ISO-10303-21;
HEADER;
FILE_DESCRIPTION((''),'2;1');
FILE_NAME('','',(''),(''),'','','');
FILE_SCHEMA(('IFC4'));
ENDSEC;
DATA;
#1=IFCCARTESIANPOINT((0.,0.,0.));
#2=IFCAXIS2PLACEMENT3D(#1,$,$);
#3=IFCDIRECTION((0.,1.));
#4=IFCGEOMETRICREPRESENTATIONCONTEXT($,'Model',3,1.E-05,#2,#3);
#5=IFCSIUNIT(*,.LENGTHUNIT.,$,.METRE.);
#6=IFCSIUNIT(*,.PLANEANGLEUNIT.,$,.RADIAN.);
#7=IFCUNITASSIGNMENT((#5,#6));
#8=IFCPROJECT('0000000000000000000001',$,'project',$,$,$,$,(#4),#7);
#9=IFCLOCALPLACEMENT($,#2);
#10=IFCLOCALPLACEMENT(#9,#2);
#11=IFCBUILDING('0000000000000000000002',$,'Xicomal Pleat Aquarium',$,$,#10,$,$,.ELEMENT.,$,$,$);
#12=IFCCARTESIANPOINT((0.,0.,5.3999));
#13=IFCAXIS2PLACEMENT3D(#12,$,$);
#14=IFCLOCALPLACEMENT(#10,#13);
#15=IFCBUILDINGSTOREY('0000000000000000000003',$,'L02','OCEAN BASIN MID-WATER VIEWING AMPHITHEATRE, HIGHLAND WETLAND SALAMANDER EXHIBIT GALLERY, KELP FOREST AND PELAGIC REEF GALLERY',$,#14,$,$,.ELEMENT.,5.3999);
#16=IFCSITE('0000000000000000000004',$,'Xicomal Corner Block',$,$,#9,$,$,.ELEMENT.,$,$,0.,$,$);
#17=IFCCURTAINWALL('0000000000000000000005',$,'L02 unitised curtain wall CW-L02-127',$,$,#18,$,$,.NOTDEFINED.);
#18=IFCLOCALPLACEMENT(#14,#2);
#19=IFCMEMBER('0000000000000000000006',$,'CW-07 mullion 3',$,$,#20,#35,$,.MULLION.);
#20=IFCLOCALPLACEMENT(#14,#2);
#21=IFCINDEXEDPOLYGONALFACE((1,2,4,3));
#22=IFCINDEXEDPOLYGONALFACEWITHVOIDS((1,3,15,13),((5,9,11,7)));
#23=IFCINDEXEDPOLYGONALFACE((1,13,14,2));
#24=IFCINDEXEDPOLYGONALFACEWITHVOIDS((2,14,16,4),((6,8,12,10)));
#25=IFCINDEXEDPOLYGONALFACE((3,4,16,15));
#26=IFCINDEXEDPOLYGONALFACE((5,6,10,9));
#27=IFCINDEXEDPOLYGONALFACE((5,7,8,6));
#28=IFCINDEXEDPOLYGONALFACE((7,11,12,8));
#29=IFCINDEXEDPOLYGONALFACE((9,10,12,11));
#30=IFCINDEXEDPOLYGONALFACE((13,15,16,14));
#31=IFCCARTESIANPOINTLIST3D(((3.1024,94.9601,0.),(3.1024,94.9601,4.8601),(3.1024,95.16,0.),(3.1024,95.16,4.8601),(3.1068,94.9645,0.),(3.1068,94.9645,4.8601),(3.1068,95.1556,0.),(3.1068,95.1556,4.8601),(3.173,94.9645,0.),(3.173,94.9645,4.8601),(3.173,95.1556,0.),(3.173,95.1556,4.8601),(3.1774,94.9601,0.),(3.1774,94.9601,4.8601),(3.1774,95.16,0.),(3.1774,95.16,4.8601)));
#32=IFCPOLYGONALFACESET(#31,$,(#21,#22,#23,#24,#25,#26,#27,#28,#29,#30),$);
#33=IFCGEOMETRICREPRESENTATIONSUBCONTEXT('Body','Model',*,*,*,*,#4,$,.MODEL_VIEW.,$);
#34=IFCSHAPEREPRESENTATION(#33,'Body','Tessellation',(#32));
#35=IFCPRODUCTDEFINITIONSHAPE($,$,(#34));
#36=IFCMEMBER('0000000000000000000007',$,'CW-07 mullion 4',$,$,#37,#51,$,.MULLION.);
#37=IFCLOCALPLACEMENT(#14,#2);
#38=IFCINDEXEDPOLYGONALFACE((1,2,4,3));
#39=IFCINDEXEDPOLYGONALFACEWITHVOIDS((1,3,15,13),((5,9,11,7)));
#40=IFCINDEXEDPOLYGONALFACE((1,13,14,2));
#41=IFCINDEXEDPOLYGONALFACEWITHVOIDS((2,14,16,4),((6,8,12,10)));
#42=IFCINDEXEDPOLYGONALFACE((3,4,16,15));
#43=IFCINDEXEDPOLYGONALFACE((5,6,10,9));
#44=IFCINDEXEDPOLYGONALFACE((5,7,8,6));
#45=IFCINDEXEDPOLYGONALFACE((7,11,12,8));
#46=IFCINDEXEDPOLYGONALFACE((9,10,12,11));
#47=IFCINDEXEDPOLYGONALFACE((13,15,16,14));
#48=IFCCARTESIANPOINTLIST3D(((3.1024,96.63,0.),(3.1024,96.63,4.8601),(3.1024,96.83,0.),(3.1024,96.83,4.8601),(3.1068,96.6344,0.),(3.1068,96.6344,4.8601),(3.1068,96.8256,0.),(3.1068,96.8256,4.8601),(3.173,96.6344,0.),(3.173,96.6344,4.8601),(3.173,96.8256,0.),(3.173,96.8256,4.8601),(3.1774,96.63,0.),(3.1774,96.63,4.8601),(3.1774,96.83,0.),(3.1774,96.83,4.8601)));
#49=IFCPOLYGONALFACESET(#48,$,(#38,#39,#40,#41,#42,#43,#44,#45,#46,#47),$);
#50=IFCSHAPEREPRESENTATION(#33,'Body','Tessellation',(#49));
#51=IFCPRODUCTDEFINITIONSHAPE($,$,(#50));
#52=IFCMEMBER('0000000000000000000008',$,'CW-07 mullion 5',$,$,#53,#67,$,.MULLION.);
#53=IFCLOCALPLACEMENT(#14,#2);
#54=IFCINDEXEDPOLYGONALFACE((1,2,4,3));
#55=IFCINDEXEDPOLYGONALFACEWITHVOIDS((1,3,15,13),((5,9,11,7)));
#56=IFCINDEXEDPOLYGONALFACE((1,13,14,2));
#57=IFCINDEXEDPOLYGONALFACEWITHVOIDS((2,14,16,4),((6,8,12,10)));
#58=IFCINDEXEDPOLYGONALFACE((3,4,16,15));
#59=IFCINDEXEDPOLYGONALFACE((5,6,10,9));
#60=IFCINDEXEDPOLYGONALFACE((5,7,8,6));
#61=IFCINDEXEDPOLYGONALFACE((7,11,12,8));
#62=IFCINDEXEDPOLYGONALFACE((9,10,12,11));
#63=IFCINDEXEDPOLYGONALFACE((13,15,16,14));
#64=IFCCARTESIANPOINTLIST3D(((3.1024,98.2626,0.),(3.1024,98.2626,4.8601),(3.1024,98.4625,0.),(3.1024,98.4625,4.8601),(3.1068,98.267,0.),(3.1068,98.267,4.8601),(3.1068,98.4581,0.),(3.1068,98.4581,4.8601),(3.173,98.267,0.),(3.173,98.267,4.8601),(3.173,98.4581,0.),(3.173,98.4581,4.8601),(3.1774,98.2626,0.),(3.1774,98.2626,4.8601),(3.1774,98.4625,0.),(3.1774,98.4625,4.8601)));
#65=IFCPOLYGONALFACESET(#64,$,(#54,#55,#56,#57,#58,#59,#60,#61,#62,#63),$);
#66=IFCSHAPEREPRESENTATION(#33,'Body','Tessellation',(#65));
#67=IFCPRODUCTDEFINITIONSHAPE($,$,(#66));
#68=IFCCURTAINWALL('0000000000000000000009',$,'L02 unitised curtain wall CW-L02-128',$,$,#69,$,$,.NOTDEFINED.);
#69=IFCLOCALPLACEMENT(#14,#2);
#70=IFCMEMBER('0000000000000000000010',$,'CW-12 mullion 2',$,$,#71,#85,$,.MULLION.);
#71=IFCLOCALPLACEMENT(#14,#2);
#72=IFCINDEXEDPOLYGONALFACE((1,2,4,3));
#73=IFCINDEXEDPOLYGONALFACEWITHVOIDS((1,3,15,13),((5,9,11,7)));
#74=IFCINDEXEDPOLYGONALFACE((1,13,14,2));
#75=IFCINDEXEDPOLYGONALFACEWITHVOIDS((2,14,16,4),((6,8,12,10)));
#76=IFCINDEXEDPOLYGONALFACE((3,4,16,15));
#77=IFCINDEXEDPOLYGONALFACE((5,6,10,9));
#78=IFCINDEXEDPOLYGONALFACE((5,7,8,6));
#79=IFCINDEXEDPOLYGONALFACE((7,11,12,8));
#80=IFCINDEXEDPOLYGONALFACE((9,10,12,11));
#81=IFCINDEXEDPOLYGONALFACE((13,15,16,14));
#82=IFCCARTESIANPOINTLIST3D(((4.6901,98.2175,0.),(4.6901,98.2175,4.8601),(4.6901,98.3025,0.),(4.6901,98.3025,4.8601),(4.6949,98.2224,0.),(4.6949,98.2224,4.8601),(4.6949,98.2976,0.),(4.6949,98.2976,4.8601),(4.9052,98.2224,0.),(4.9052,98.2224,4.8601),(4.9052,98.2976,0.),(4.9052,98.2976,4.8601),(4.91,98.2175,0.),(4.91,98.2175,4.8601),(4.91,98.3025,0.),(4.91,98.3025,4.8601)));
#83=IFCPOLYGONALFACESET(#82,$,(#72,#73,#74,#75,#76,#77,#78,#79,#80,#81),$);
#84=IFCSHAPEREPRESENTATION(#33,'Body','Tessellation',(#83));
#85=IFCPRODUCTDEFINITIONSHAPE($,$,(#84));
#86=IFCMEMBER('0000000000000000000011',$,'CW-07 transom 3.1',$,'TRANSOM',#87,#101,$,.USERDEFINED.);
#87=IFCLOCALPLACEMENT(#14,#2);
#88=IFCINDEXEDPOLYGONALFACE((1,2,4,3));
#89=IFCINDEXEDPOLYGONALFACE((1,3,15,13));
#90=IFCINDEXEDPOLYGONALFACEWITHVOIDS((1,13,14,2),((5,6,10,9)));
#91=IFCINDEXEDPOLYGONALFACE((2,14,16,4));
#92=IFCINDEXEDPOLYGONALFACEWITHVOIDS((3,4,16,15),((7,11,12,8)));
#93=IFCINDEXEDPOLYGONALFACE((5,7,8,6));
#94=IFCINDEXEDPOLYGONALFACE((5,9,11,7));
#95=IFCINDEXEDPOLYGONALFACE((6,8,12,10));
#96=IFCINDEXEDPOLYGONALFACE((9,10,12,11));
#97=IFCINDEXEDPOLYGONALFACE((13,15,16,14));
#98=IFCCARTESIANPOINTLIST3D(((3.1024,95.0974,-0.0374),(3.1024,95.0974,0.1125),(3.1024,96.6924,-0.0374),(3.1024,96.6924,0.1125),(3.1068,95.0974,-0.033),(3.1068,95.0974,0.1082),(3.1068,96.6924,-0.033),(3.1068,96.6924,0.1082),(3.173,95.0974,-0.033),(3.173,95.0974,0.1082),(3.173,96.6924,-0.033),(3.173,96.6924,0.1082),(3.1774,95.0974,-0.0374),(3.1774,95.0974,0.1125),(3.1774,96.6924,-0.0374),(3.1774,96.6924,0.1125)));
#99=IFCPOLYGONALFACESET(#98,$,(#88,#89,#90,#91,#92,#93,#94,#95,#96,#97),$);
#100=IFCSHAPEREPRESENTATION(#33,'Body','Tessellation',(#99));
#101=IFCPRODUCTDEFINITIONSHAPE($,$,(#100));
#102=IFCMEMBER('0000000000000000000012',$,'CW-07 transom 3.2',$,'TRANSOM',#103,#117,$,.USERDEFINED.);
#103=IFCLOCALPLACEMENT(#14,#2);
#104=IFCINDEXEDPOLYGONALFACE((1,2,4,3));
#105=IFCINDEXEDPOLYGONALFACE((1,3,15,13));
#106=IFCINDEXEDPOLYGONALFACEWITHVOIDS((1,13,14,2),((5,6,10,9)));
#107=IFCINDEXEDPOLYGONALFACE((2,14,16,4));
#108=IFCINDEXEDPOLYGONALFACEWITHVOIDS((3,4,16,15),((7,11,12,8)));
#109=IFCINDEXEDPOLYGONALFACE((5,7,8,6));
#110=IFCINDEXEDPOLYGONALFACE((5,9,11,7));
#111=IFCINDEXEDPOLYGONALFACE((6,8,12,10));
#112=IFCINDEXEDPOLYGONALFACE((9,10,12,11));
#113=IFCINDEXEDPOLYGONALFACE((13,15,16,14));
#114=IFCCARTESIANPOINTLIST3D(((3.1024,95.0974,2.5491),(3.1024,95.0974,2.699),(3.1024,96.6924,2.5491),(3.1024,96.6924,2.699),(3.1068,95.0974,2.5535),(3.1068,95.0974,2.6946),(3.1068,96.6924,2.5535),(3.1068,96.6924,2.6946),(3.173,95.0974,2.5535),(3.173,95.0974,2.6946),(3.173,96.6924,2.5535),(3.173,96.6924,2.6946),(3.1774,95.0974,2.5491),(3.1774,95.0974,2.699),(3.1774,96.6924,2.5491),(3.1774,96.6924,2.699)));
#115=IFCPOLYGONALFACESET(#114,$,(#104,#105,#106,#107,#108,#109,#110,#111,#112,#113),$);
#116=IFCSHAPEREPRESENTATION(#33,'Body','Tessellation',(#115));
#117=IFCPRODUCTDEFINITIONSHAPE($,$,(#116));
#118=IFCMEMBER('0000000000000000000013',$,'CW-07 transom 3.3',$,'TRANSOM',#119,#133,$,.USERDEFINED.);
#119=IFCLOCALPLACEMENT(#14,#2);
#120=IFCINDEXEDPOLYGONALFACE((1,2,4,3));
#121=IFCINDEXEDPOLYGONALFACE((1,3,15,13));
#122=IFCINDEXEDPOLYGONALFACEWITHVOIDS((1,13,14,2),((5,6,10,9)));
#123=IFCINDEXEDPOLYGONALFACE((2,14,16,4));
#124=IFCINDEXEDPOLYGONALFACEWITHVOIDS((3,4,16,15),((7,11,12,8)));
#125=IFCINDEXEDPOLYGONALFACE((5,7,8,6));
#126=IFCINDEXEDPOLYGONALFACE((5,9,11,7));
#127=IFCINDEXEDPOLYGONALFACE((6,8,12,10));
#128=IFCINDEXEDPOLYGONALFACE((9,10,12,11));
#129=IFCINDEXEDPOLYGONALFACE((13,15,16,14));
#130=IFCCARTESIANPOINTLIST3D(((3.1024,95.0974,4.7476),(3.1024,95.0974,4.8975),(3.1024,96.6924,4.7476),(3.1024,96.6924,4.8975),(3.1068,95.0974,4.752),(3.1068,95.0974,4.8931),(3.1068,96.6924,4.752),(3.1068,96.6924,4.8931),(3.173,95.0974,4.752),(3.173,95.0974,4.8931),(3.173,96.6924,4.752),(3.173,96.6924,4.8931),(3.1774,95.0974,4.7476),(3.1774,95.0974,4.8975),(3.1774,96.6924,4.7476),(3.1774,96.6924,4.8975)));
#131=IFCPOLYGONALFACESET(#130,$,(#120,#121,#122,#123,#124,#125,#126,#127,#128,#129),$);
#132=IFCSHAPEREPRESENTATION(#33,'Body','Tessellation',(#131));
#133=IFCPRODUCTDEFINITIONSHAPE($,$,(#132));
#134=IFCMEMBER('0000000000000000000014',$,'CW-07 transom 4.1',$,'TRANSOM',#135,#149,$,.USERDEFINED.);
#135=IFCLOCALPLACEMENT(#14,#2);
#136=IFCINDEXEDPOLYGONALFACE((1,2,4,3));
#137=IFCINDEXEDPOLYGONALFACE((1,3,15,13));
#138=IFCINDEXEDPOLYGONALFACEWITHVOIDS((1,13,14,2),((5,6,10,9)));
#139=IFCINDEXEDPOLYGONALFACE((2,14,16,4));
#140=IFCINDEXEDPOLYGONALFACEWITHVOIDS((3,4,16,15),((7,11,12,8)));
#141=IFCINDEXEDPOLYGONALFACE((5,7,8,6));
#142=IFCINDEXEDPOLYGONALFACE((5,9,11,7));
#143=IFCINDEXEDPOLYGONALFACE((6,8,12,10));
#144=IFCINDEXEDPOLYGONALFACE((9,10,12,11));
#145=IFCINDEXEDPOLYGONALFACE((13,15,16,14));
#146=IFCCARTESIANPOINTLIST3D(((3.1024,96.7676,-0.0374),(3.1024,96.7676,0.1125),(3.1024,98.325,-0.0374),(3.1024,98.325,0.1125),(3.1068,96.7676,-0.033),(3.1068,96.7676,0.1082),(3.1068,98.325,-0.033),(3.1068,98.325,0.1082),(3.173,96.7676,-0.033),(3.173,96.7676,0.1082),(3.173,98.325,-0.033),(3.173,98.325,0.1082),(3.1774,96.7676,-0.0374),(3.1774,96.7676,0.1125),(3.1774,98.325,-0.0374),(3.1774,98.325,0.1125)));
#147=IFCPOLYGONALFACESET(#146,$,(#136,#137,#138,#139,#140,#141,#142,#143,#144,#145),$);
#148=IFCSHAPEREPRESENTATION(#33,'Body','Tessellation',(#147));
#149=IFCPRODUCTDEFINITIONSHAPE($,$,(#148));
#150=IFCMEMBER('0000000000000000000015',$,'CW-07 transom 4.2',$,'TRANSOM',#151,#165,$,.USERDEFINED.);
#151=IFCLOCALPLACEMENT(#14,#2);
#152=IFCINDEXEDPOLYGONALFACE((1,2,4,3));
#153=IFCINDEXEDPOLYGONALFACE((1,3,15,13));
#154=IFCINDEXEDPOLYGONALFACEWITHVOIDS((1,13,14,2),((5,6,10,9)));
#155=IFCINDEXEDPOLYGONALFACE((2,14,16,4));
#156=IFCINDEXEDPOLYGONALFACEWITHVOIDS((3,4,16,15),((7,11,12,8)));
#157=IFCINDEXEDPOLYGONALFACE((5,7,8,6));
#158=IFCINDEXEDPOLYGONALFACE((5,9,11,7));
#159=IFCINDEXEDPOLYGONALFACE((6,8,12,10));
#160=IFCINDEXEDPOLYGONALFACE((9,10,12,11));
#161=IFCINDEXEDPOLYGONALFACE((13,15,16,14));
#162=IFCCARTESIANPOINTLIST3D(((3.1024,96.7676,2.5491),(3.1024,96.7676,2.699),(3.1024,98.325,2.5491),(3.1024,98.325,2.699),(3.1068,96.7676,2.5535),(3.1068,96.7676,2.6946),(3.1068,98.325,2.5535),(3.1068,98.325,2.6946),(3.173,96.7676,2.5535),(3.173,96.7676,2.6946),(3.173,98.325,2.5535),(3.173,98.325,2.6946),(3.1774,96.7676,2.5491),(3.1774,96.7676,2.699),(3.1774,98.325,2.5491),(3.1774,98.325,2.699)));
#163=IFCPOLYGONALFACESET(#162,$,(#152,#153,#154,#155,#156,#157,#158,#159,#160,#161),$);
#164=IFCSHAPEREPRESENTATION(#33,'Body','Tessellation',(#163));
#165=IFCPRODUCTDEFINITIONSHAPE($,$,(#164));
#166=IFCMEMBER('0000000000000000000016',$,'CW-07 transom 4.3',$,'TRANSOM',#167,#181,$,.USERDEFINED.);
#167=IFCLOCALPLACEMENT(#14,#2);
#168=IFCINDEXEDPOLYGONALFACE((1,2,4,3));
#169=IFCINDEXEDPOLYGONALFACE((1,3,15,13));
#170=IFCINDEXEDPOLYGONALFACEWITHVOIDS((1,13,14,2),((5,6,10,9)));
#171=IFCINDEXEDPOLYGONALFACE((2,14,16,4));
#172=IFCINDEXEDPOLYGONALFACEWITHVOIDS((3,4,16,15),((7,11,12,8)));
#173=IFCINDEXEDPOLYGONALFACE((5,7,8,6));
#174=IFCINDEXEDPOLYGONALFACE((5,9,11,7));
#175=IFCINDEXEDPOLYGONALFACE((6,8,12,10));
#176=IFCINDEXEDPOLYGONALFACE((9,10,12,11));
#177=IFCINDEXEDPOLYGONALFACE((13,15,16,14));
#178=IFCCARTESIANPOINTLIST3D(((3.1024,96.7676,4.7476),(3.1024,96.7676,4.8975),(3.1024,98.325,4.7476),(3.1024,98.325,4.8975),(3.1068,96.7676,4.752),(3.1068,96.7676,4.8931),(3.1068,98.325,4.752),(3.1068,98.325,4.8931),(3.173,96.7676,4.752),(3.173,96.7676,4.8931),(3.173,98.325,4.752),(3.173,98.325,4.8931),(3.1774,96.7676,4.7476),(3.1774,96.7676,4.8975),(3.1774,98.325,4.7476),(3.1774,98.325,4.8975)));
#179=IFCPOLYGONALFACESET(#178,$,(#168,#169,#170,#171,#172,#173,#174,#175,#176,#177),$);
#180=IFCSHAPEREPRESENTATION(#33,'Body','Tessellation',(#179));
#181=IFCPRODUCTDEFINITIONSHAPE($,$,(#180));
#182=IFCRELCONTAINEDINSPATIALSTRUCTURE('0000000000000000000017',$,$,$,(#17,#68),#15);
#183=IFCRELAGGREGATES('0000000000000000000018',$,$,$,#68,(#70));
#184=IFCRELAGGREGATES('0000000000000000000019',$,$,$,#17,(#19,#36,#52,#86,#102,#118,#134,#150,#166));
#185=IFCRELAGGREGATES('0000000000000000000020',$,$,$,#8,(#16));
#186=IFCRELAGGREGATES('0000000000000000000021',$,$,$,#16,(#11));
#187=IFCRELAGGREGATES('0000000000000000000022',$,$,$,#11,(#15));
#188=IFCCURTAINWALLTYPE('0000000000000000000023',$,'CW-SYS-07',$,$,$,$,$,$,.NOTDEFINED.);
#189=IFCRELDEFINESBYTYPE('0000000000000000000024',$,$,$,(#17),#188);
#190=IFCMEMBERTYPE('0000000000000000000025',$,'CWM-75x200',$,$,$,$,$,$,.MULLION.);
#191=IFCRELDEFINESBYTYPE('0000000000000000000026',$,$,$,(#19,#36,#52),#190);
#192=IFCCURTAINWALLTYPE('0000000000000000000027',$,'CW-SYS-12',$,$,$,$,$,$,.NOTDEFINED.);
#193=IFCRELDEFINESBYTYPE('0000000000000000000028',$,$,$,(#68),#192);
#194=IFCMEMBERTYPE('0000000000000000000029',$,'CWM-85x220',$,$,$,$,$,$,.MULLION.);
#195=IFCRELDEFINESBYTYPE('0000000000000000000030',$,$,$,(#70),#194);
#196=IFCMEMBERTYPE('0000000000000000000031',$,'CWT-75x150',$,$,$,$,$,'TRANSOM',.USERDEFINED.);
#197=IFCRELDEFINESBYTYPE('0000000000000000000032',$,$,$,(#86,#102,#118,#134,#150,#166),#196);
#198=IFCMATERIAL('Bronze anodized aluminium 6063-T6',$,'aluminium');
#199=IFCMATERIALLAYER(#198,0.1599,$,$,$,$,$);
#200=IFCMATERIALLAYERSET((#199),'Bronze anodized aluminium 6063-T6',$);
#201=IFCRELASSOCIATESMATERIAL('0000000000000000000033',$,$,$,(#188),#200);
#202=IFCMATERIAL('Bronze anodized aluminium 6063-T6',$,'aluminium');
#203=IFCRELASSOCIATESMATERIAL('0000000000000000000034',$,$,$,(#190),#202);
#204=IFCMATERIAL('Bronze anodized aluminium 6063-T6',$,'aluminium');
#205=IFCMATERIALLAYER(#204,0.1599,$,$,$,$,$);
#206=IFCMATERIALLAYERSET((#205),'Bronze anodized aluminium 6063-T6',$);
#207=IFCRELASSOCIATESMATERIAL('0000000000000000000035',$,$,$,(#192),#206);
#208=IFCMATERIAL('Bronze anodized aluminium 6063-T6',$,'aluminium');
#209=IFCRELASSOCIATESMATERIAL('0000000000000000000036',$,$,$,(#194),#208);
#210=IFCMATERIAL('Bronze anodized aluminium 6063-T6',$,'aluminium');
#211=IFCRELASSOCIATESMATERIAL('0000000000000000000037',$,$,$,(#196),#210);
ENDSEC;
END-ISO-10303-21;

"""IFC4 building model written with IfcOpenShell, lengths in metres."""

from ifc_helpers import new_model, si_unit, direction, frame, origin, origin_2d, place, context, subcontext, project, spatial, hollow_rectangle, extrude, material, layer, layer_set, material_profile, profile_set, type_object, element, aggregate, save


model = new_model("IFC4")

# Units and contexts
model_context = context("Model", 3, precision=1e-05, world=origin(), true_north=direction((0.0, 1.0)))
body_context = subcontext(model_context, "Body", "Model", "MODEL_VIEW")
ifc_project = project(units=[si_unit("LENGTHUNIT", "METRE"), si_unit("PLANEANGLEUNIT", "RADIAN")], contexts=[model_context])

# Site, building, storey
site_placement = place(None, origin())
site = spatial("IfcSite", under=ifc_project, at=site_placement, Name="Xicomal Corner Block", CompositionType="ELEMENT", RefElevation=0.0)
building_placement = place(site_placement, origin())
building = spatial("IfcBuilding", under=site, at=building_placement, Name="Xicomal Pleat Aquarium", CompositionType="ELEMENT")
storey_placement = place(building_placement, frame((0.0, 0.0, 5.3999)))
storey = spatial("IfcBuildingStorey", under=building, at=storey_placement, Name="L02", Description="OCEAN BASIN MID-WATER VIEWING AMPHITHEATRE, HIGHLAND WETLAND SALAMANDER EXHIBIT GALLERY, KELP FOREST AND PELAGIC REEF GALLERY", CompositionType="ELEMENT", Elevation=5.3999)

# Curtain wall, members
ifc_material_1 = material(Name="Bronze anodized aluminium 6063-T6", Category="aluminium")
ifc_layer_1 = layer(ifc_material_1, 0.1599)
ifc_layer_set_1 = layer_set([ifc_layer_1], Name="Bronze anodized aluminium 6063-T6")
curtain_wall_type_1 = type_object("IfcCurtainWallType", Name="CW-SYS-07", PredefinedType="NOTDEFINED", material=ifc_layer_set_1)
curtain_wall_1_placement = place(storey_placement, origin())
curtain_wall_1 = element("IfcCurtainWall", 1, at=curtain_wall_1_placement, inside=storey, type_object=curtain_wall_type_1, Name="L02 unitised curtain wall CW-L02-127", PredefinedType="NOTDEFINED")
ifc_material_2 = material(Name="Bronze anodized aluminium 6063-T6", Category="aluminium")
ifc_material_profile_1 = material_profile(ifc_material_2, hollow_rectangle(XDim=0.075, YDim=0.2, WallThickness=0.0044, at=origin_2d()), Name="ALU MULL 75x200")
ifc_profile_set_1 = profile_set([ifc_material_profile_1], Name="Bronze anodized aluminium 6063-T6")
member_type_1 = type_object("IfcMemberType", Name="CWM-75x200", PredefinedType="MULLION", material=ifc_profile_set_1)
member_1_placement = place(storey_placement, frame((3.1399, 95.0601, 0.0), z_axis=(0.0, 0.0, 1.0), x_axis=(-1.0, 0.0, 0.0)))
member_1 = element("IfcMember", 2, at=member_1_placement, type_object=member_type_1, Name="CW-07 mullion 3", PredefinedType="MULLION", context=body_context, shape_type="SweptSolid", body=[
    extrude(hollow_rectangle(XDim=0.075, YDim=0.2, WallThickness=0.0044, at=origin_2d()), origin(), (0.0, 0.0, 1.0), 4.8601),
])
member_2_placement = place(storey_placement, frame((3.1399, 96.73, 0.0), z_axis=(0.0, 0.0, 1.0), x_axis=(-1.0, 0.0, 0.0)))
member_2 = element("IfcMember", 3, at=member_2_placement, type_object=member_type_1, Name="CW-07 mullion 4", PredefinedType="MULLION", context=body_context, shape_type="SweptSolid", body=[
    extrude(hollow_rectangle(XDim=0.075, YDim=0.2, WallThickness=0.0044, at=origin_2d()), origin(), (0.0, 0.0, 1.0), 4.8601),
])
member_3_placement = place(storey_placement, frame((3.1399, 98.3625, 0.0), z_axis=(0.0, 0.0, 1.0), x_axis=(-1.0, 0.0, 0.0)))
member_3 = element("IfcMember", 4, at=member_3_placement, type_object=member_type_1, Name="CW-07 mullion 5", PredefinedType="MULLION", context=body_context, shape_type="SweptSolid", body=[
    extrude(hollow_rectangle(XDim=0.075, YDim=0.2, WallThickness=0.0044, at=origin_2d()), origin(), (0.0, 0.0, 1.0), 4.8601),
])

# Curtain wall, member
ifc_material_3 = material(Name="Bronze anodized aluminium 6063-T6", Category="aluminium")
ifc_layer_2 = layer(ifc_material_3, 0.1599)
ifc_layer_set_2 = layer_set([ifc_layer_2], Name="Bronze anodized aluminium 6063-T6")
curtain_wall_type_2 = type_object("IfcCurtainWallType", Name="CW-SYS-12", PredefinedType="NOTDEFINED", material=ifc_layer_set_2)
curtain_wall_2_placement = place(storey_placement, origin())
curtain_wall_2 = element("IfcCurtainWall", 5, at=curtain_wall_2_placement, inside=storey, type_object=curtain_wall_type_2, Name="L02 unitised curtain wall CW-L02-128", PredefinedType="NOTDEFINED")
ifc_material_4 = material(Name="Bronze anodized aluminium 6063-T6", Category="aluminium")
ifc_material_profile_2 = material_profile(ifc_material_4, hollow_rectangle(XDim=0.085, YDim=0.22, WallThickness=0.0049, at=origin_2d()), Name="ALU MULL 85x220")
ifc_profile_set_2 = profile_set([ifc_material_profile_2], Name="Bronze anodized aluminium 6063-T6")
member_type_2 = type_object("IfcMemberType", Name="CWM-85x220", PredefinedType="MULLION", material=ifc_profile_set_2)
member_4_placement = place(storey_placement, frame((4.8, 98.26, 0.0), z_axis=(0.0, 0.0, 1.0), x_axis=(0.0, 1.0, 0.0)))
member_4 = element("IfcMember", 6, at=member_4_placement, type_object=member_type_2, Name="CW-12 mullion 2", PredefinedType="MULLION", context=body_context, shape_type="SweptSolid", body=[
    extrude(hollow_rectangle(XDim=0.085, YDim=0.22, WallThickness=0.0049, at=origin_2d()), origin(), (0.0, 0.0, 1.0), 4.8601),
])

# Members
ifc_material_5 = material(Name="Bronze anodized aluminium 6063-T6", Category="aluminium")
ifc_material_profile_3 = material_profile(ifc_material_5, hollow_rectangle(XDim=0.075, YDim=0.1499, WallThickness=0.0044, at=origin_2d()), Name="ALU TRAN 75x150")
ifc_profile_set_3 = profile_set([ifc_material_profile_3], Name="Bronze anodized aluminium 6063-T6")
member_type_3 = type_object("IfcMemberType", Name="CWT-75x150", ElementType="TRANSOM", PredefinedType="USERDEFINED", material=ifc_profile_set_3)
member_5_placement = place(storey_placement, frame((3.1399, 95.0974, 0.0376), z_axis=(0.0, 1.0, 0.0), x_axis=(-1.0, 0.0, 0.0)))
member_5 = element("IfcMember", 7, at=member_5_placement, type_object=member_type_3, Name="CW-07 transom 3.1", ObjectType="TRANSOM", PredefinedType="USERDEFINED", context=body_context, shape_type="SweptSolid", body=[
    extrude(hollow_rectangle(XDim=0.075, YDim=0.1499, WallThickness=0.0044, at=origin_2d()), origin(), (0.0, 0.0, 1.0), 1.595),
])
member_6_placement = place(storey_placement, frame((3.1399, 95.0974, 2.624), z_axis=(0.0, 1.0, 0.0), x_axis=(-1.0, 0.0, 0.0)))
member_6 = element("IfcMember", 8, at=member_6_placement, type_object=member_type_3, Name="CW-07 transom 3.2", ObjectType="TRANSOM", PredefinedType="USERDEFINED", context=body_context, shape_type="SweptSolid", body=[
    extrude(hollow_rectangle(XDim=0.075, YDim=0.1499, WallThickness=0.0044, at=origin_2d()), origin(), (0.0, 0.0, 1.0), 1.595),
])
member_7_placement = place(storey_placement, frame((3.1399, 95.0974, 4.8225), z_axis=(0.0, 1.0, 0.0), x_axis=(-1.0, 0.0, 0.0)))
member_7 = element("IfcMember", 9, at=member_7_placement, type_object=member_type_3, Name="CW-07 transom 3.3", ObjectType="TRANSOM", PredefinedType="USERDEFINED", context=body_context, shape_type="SweptSolid", body=[
    extrude(hollow_rectangle(XDim=0.075, YDim=0.1499, WallThickness=0.0044, at=origin_2d()), origin(), (0.0, 0.0, 1.0), 1.595),
])
member_8_placement = place(storey_placement, frame((3.1399, 96.7676, 0.0376), z_axis=(0.0, 1.0, 0.0), x_axis=(-1.0, 0.0, 0.0)))
member_8 = element("IfcMember", 10, at=member_8_placement, type_object=member_type_3, Name="CW-07 transom 4.1", ObjectType="TRANSOM", PredefinedType="USERDEFINED", context=body_context, shape_type="SweptSolid", body=[
    extrude(hollow_rectangle(XDim=0.075, YDim=0.1499, WallThickness=0.0044, at=origin_2d()), origin(), (0.0, 0.0, 1.0), 1.5574),
])
member_9_placement = place(storey_placement, frame((3.1399, 96.7676, 2.624), z_axis=(0.0, 1.0, 0.0), x_axis=(-1.0, 0.0, 0.0)))
member_9 = element("IfcMember", 11, at=member_9_placement, type_object=member_type_3, Name="CW-07 transom 4.2", ObjectType="TRANSOM", PredefinedType="USERDEFINED", context=body_context, shape_type="SweptSolid", body=[
    extrude(hollow_rectangle(XDim=0.075, YDim=0.1499, WallThickness=0.0044, at=origin_2d()), origin(), (0.0, 0.0, 1.0), 1.5574),
])
member_10_placement = place(storey_placement, frame((3.1399, 96.7676, 4.8225), z_axis=(0.0, 1.0, 0.0), x_axis=(-1.0, 0.0, 0.0)))
member_10 = element("IfcMember", 12, at=member_10_placement, type_object=member_type_3, Name="CW-07 transom 4.3", ObjectType="TRANSOM", PredefinedType="USERDEFINED", context=body_context, shape_type="SweptSolid", body=[
    extrude(hollow_rectangle(XDim=0.075, YDim=0.1499, WallThickness=0.0044, at=origin_2d()), origin(), (0.0, 0.0, 1.0), 1.5574),
])

aggregate(curtain_wall_2, [member_4])
aggregate(curtain_wall_1, [member_1, member_2, member_3, member_5, member_6, member_7, member_8, member_9, member_10])

save(model, "model.ifc")
